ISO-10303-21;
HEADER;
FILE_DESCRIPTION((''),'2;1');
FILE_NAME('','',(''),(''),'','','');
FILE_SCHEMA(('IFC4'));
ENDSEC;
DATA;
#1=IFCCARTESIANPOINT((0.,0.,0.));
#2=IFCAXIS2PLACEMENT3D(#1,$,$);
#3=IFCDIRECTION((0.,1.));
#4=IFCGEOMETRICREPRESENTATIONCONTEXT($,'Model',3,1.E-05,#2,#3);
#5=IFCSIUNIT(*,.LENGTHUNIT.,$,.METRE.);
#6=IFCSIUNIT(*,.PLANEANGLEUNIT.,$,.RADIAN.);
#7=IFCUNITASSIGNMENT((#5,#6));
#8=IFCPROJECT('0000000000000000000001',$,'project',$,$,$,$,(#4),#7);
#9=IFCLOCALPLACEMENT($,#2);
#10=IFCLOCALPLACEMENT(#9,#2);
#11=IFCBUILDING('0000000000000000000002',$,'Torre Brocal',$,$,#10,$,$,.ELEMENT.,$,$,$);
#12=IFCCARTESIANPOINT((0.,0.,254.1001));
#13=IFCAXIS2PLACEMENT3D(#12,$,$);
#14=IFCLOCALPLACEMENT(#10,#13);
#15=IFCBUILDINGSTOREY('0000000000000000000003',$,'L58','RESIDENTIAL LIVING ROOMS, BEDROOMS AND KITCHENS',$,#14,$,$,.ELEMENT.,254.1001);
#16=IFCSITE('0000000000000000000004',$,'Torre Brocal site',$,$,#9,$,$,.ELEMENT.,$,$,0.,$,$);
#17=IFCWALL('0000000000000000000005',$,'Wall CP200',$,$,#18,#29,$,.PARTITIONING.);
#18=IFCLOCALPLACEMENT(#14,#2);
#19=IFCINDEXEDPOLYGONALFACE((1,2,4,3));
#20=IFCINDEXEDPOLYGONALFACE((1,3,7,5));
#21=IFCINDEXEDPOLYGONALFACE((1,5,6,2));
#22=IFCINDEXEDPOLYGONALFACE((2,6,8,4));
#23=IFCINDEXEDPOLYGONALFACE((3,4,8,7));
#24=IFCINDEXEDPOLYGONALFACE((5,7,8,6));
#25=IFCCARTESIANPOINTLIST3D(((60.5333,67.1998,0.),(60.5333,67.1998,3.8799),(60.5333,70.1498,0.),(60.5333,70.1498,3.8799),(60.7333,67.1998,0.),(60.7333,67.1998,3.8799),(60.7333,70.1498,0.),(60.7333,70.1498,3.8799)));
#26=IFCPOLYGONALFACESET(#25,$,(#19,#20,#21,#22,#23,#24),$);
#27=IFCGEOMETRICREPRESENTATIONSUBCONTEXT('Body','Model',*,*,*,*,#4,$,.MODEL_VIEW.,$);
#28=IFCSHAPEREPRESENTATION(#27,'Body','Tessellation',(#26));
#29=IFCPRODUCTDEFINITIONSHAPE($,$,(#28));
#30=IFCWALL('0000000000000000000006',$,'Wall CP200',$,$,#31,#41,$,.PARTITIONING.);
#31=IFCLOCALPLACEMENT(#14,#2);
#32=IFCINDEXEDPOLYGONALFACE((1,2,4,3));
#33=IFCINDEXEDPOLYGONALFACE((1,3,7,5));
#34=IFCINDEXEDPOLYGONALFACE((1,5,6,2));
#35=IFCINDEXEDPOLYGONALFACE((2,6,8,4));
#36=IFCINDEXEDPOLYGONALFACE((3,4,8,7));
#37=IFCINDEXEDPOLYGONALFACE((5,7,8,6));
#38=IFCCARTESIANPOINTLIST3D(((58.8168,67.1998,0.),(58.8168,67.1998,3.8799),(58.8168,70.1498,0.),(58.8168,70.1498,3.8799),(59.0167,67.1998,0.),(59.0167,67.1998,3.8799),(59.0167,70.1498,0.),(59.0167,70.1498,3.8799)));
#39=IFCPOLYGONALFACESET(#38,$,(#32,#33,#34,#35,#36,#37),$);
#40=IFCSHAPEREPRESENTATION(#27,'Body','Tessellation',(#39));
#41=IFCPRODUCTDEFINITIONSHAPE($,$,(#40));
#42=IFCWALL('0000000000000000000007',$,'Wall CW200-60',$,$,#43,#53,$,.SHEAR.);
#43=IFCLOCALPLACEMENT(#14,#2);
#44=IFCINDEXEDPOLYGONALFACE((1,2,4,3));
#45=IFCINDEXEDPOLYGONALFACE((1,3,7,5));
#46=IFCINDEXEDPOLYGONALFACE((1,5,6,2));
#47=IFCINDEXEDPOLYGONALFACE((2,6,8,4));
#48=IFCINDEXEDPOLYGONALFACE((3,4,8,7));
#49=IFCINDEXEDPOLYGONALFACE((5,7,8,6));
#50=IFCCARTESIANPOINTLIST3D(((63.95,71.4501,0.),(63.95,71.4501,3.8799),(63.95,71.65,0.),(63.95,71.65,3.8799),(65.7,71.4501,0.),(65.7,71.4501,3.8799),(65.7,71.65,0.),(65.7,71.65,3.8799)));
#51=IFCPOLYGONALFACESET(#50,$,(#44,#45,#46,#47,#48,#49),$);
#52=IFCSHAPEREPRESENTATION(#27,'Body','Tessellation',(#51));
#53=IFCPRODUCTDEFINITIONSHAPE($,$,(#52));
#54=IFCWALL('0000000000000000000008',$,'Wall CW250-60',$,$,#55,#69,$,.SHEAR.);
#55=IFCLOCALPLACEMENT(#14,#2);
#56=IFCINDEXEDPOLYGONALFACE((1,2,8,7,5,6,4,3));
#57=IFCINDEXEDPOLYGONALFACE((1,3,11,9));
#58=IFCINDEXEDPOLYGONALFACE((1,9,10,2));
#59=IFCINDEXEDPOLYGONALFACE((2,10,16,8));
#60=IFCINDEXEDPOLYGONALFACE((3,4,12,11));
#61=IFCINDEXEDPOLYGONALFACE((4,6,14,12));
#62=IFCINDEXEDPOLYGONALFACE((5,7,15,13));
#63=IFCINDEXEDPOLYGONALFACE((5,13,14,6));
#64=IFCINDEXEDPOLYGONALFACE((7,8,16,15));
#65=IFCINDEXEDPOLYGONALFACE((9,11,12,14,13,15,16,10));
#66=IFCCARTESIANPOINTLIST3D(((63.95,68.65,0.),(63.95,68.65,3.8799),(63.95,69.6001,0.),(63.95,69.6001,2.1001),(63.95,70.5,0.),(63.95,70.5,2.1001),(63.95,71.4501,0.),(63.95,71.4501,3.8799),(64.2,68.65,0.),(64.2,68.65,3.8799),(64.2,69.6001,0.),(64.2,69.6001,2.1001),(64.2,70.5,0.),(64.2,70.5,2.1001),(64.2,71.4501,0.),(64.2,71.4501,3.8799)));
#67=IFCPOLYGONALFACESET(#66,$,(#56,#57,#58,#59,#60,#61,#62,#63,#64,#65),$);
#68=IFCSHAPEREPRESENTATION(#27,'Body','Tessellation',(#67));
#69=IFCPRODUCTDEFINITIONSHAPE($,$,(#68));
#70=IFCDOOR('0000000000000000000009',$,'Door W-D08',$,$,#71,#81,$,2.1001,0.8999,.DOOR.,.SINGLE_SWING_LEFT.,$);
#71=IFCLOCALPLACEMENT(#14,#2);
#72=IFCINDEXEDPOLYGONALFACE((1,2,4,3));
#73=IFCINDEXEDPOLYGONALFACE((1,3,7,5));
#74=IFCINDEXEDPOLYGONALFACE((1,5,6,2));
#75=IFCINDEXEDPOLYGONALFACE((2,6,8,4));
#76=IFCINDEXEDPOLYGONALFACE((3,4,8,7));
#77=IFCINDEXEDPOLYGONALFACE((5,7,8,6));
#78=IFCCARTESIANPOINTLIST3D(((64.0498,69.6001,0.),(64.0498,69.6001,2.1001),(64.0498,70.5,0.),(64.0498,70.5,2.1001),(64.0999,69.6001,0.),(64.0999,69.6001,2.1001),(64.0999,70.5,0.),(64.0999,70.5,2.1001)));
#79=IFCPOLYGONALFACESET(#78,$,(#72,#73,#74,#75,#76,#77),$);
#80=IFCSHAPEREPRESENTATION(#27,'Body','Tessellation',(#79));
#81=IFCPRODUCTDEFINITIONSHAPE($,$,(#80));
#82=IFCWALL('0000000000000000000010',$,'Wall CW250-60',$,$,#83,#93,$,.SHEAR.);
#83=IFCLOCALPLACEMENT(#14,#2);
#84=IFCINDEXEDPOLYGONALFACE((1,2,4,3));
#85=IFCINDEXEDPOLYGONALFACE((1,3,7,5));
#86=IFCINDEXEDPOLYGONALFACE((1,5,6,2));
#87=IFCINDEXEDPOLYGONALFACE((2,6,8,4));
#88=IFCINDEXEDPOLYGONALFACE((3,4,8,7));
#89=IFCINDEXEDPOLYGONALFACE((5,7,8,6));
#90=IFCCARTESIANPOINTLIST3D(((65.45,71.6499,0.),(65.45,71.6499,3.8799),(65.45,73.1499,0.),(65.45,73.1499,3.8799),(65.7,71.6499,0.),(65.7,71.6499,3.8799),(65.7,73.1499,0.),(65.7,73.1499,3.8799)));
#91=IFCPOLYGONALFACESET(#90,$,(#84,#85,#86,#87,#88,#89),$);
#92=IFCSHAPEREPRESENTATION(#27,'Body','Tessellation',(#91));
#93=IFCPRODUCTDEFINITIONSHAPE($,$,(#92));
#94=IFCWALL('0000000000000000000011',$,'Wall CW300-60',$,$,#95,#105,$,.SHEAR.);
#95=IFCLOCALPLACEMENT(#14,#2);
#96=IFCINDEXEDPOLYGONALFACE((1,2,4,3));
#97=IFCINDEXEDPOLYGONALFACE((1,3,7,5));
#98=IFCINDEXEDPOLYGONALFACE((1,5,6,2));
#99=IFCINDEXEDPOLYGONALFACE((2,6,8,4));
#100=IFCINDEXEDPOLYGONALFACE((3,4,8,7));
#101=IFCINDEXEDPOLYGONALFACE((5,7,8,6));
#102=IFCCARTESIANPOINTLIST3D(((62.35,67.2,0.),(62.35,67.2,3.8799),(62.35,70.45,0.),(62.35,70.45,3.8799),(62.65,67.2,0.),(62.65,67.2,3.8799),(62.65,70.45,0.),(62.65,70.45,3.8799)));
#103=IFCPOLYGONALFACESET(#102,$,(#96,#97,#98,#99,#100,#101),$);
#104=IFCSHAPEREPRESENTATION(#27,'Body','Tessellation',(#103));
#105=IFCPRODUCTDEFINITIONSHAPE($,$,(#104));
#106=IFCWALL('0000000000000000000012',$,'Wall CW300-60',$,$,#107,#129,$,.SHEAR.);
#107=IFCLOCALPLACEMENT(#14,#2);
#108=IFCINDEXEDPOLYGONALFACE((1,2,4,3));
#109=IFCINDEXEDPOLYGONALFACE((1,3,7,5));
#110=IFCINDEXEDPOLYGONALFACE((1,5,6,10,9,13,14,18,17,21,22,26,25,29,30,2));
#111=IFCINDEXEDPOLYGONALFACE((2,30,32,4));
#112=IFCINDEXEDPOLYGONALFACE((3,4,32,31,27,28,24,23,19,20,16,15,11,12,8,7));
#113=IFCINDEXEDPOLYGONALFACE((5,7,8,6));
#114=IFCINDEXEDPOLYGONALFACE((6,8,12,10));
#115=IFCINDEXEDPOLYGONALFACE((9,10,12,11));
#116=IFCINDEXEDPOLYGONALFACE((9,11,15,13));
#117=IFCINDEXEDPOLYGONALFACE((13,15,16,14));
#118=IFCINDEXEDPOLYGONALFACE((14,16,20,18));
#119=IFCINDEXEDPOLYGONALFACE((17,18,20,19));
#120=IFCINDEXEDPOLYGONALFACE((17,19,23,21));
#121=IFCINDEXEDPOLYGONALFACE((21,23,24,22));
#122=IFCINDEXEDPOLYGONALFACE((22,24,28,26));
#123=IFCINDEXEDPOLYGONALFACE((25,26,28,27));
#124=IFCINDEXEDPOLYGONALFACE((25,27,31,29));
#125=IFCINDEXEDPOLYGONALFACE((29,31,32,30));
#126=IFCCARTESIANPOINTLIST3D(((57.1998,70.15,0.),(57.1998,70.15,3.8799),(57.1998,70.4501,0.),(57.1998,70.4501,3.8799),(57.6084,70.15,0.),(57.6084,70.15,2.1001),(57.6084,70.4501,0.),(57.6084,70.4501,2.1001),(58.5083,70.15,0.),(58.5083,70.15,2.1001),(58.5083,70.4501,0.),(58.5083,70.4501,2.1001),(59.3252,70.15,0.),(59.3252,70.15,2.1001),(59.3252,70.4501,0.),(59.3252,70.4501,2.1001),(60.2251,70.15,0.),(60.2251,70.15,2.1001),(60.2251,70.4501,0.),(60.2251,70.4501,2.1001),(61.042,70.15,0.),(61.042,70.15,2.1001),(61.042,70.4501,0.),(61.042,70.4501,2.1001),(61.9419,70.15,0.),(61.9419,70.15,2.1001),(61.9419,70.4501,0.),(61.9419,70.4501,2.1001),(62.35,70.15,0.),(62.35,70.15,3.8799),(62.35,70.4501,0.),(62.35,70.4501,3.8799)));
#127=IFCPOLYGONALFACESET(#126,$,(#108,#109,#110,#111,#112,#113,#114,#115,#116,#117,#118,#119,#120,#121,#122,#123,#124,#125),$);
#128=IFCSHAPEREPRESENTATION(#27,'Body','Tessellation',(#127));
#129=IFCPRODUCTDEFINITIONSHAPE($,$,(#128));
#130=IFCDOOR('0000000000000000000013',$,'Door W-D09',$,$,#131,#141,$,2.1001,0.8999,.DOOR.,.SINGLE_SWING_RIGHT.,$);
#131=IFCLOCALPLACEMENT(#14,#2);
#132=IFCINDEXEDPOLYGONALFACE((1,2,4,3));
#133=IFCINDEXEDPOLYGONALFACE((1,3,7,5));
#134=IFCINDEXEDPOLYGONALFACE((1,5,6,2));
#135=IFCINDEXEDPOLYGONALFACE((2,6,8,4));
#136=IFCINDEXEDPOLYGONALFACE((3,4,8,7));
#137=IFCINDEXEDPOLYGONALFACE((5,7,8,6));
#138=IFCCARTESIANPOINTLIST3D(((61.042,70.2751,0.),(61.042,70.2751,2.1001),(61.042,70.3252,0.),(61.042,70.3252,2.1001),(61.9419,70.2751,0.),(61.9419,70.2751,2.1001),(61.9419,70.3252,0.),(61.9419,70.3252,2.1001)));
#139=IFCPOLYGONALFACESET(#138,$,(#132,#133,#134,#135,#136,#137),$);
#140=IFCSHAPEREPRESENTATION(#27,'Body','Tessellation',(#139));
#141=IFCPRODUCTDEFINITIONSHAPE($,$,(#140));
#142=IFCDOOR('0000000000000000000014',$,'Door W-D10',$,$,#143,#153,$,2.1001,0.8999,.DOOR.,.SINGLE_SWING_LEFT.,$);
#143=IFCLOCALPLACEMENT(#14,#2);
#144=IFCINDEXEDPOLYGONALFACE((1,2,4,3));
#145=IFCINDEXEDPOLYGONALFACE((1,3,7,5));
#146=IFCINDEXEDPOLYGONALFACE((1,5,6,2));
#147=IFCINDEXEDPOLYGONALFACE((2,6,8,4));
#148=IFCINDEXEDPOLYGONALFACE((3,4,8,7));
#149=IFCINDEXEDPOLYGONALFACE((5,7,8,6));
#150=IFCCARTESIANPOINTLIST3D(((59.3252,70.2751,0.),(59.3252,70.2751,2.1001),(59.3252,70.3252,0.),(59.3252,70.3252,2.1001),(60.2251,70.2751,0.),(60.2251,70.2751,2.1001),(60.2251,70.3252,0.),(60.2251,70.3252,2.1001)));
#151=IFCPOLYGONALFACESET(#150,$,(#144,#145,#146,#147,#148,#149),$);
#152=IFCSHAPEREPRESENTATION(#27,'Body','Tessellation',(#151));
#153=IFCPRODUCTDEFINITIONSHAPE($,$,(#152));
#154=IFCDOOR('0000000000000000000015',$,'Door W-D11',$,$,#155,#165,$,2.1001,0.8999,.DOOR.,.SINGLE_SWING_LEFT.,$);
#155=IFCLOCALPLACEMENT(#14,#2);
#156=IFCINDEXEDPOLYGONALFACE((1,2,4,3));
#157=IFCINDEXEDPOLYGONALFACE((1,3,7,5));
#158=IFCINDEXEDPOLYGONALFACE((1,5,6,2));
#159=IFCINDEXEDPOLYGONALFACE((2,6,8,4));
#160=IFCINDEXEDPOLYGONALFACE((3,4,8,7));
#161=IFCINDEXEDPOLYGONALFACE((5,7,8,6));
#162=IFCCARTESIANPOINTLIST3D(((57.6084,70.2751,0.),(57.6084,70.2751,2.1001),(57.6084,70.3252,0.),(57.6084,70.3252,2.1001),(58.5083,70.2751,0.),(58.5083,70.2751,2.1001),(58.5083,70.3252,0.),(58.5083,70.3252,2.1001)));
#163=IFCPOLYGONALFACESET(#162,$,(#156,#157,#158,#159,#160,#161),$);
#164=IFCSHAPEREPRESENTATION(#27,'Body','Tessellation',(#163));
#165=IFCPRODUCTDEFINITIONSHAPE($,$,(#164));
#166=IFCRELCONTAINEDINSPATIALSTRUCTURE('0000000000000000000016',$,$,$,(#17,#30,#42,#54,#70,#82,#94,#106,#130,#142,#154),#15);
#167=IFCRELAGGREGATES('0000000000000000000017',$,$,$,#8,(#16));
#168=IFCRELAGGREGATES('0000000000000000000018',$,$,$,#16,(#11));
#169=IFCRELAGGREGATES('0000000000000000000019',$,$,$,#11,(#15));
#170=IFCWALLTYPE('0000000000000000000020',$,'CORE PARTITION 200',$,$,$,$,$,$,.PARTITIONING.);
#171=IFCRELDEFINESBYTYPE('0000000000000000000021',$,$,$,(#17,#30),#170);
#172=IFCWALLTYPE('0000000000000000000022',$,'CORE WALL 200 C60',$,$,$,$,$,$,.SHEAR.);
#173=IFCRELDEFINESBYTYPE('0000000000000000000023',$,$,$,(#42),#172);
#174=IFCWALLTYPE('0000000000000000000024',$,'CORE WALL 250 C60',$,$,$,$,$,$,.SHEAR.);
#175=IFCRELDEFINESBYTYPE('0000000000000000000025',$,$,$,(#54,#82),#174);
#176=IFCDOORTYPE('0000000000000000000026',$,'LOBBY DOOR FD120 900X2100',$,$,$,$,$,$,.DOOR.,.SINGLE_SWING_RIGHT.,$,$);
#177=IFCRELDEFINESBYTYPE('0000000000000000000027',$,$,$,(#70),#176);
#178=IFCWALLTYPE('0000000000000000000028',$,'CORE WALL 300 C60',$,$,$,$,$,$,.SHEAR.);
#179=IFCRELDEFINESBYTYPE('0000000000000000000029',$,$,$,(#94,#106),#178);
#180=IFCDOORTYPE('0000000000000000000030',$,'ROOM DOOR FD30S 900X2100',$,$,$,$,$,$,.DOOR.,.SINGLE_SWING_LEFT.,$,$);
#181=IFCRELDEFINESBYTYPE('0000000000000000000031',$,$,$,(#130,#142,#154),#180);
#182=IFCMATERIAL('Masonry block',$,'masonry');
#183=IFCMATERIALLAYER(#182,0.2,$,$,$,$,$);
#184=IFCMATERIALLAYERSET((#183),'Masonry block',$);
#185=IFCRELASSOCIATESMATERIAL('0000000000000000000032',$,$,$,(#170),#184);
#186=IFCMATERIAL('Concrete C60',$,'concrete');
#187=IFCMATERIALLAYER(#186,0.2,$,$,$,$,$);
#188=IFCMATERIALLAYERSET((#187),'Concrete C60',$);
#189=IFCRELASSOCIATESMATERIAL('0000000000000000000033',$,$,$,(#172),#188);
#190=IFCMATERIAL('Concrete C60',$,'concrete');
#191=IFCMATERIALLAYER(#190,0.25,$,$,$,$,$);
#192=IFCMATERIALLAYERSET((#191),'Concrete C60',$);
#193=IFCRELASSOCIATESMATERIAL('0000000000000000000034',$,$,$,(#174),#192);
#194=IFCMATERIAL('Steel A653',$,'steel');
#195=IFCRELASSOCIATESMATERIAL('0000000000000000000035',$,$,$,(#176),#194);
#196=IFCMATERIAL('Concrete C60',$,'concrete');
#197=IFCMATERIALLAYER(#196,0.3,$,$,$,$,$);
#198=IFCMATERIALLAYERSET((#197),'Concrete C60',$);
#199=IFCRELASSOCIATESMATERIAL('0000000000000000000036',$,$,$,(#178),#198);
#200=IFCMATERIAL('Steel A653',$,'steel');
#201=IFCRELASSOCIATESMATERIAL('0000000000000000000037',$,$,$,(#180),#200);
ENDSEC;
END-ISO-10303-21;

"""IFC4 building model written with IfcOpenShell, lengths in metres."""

from ifc_helpers import new_model, si_unit, direction, frame, frame_2d, origin, place, context, subcontext, project, spatial, rectangle, extrude, material, layer, layer_set, type_object, element, fill, save


model = new_model("IFC4")

# Units and contexts
model_context = context("Model", 3, precision=1e-05, world=origin(), true_north=direction((0.0, 1.0)))
body_context = subcontext(model_context, "Body", "Model", "MODEL_VIEW")
ifc_project = project(units=[si_unit("LENGTHUNIT", "METRE"), si_unit("PLANEANGLEUNIT", "RADIAN")], contexts=[model_context])

# Site, building, storey
site_placement = place(None, origin())
site = spatial("IfcSite", under=ifc_project, at=site_placement, Name="Torre Brocal site", CompositionType="ELEMENT", RefElevation=0.0)
building_placement = place(site_placement, origin())
building = spatial("IfcBuilding", under=site, at=building_placement, Name="Torre Brocal", CompositionType="ELEMENT")
storey_placement = place(building_placement, frame((0.0, 0.0, 254.1001)))
storey = spatial("IfcBuildingStorey", under=building, at=storey_placement, Name="L58", Description="RESIDENTIAL LIVING ROOMS, BEDROOMS AND KITCHENS", CompositionType="ELEMENT", Elevation=254.1001)

# Walls
ifc_material_1 = material(Name="Masonry block", Category="masonry")
ifc_layer_1 = layer(ifc_material_1, 0.2)
ifc_layer_set_1 = layer_set([ifc_layer_1], Name="Masonry block")
wall_type_1 = type_object("IfcWallType", Name="CORE PARTITION 200", PredefinedType="PARTITIONING", material=ifc_layer_set_1)
for number, where, z_axis, x_axis, name in (
    (1, (60.6333, 70.1499, 0.0), (0.0, 0.0, 1.0), (0.0, -1.0, 0.0), "Wall CP200"),
    (2, (58.9167, 70.1499, 0.0), (0.0, 0.0, 1.0), (0.0, -1.0, 0.0), "Wall CP200"),
):
    element("IfcWall", number, at=place(storey_placement, frame(where, z_axis=z_axis, x_axis=x_axis)), inside=storey, type_object=wall_type_1, Name=name, PredefinedType="PARTITIONING", context=body_context, shape_type="SweptSolid", body=[
        extrude(rectangle(XDim=2.95, YDim=0.2, at=frame_2d((1.4751, 0.0))), origin(), (0.0, 0.0, 1.0), 3.8799),
    ])
ifc_material_2 = material(Name="Concrete C60", Category="concrete")
ifc_layer_2 = layer(ifc_material_2, 0.2)
ifc_layer_set_2 = layer_set([ifc_layer_2], Name="Concrete C60")
wall_type_2 = type_object("IfcWallType", Name="CORE WALL 200 C60", PredefinedType="SHEAR", material=ifc_layer_set_2)
wall_1_placement = place(storey_placement, frame((65.7, 71.55, 0.0), z_axis=(0.0, 0.0, 1.0), x_axis=(-1.0, 0.0, 0.0)))
element("IfcWall", 3, at=wall_1_placement, inside=storey, type_object=wall_type_2, Name="Wall CW200-60", PredefinedType="SHEAR", context=body_context, shape_type="SweptSolid", body=[
    extrude(rectangle(XDim=1.75, YDim=0.2, at=frame_2d((0.875, 0.0))), origin(), (0.0, 0.0, 1.0), 3.8799),
])

# Wall, opening, door
ifc_material_3 = material(Name="Concrete C60", Category="concrete")
ifc_layer_3 = layer(ifc_material_3, 0.25)
ifc_layer_set_3 = layer_set([ifc_layer_3], Name="Concrete C60")
wall_type_3 = type_object("IfcWallType", Name="CORE WALL 250 C60", PredefinedType="SHEAR", material=ifc_layer_set_3)
wall_2_placement = place(storey_placement, frame((64.075, 71.45, 0.0), z_axis=(0.0, 0.0, 1.0), x_axis=(0.0, -1.0, 0.0)))
wall_2 = element("IfcWall", 4, at=wall_2_placement, inside=storey, type_object=wall_type_3, Name="Wall CW250-60", PredefinedType="SHEAR", context=body_context, shape_type="SweptSolid", body=[
    extrude(rectangle(XDim=2.8, YDim=0.25, at=frame_2d((1.3999, 0.0))), origin(), (0.0, 0.0, 1.0), 3.8799),
])
opening_1_placement = place(wall_2_placement, frame((0.95, 0.0, 0.0)))
opening_1 = element("IfcOpeningElement", 5, at=opening_1_placement, cuts=wall_2, PredefinedType="OPENING", context=body_context, shape_type="SweptSolid", body=[
    extrude(rectangle(XDim=0.8999, YDim=2.1001, at=frame_2d((0.45, 1.05))), frame((0.0, 0.135, 0.0), z_axis=(0.0, -1.0, 0.0), x_axis=(1.0, 0.0, 0.0)), (0.0, 0.0, 1.0), 0.27),
])
ifc_material_4 = material(Name="Steel A653", Category="steel")
door_type_1 = type_object("IfcDoorType", Name="LOBBY DOOR FD120 900X2100", OperationType="SINGLE_SWING_RIGHT", PredefinedType="DOOR", material=ifc_material_4)
door_1_placement = place(opening_1_placement, origin())
door_1 = element("IfcDoor", 6, at=door_1_placement, inside=storey, type_object=door_type_1, Name="Door W-D08", OperationType="SINGLE_SWING_LEFT", OverallHeight=2.1001, OverallWidth=0.8999, PredefinedType="DOOR", context=body_context, shape_type="SweptSolid", body=[
    extrude(rectangle(XDim=0.8999, YDim=2.1001, at=frame_2d((0.45, 1.05))), frame((0.0, 0.0249, 0.0), z_axis=(0.0, -1.0, 0.0), x_axis=(1.0, 0.0, 0.0)), (0.0, 0.0, 1.0), 0.05),
])
fill(opening_1, door_1)

# Walls
wall_3_placement = place(storey_placement, frame((65.575, 73.1499, 0.0), z_axis=(0.0, 0.0, 1.0), x_axis=(0.0, -1.0, 0.0)))
element("IfcWall", 7, at=wall_3_placement, inside=storey, type_object=wall_type_3, Name="Wall CW250-60", PredefinedType="SHEAR", context=body_context, shape_type="SweptSolid", body=[
    extrude(rectangle(XDim=1.5, YDim=0.25, at=frame_2d((0.75, 0.0))), origin(), (0.0, 0.0, 1.0), 3.8799),
])
ifc_material_5 = material(Name="Concrete C60", Category="concrete")
ifc_layer_4 = layer(ifc_material_5, 0.3)
ifc_layer_set_4 = layer_set([ifc_layer_4], Name="Concrete C60")
wall_type_4 = type_object("IfcWallType", Name="CORE WALL 300 C60", PredefinedType="SHEAR", material=ifc_layer_set_4)
wall_4_placement = place(storey_placement, frame((62.5, 70.45, 0.0), z_axis=(0.0, 0.0, 1.0), x_axis=(0.0, -1.0, 0.0)))
element("IfcWall", 8, at=wall_4_placement, inside=storey, type_object=wall_type_4, Name="Wall CW300-60", PredefinedType="SHEAR", context=body_context, shape_type="SweptSolid", body=[
    extrude(rectangle(XDim=3.25, YDim=0.3, at=frame_2d((1.625, 0.0))), origin(), (0.0, 0.0, 1.0), 3.8799),
])

# Wall, openings, doors
wall_5_placement = place(storey_placement, frame((62.3501, 70.3, 0.0), z_axis=(0.0, 0.0, 1.0), x_axis=(-1.0, 0.0, 0.0)))
wall_5 = element("IfcWall", 9, at=wall_5_placement, inside=storey, type_object=wall_type_4, Name="Wall CW300-60", PredefinedType="SHEAR", context=body_context, shape_type="SweptSolid", body=[
    extrude(rectangle(XDim=5.1501, YDim=0.3, at=frame_2d((2.5752, 0.0))), origin(), (0.0, 0.0, 1.0), 3.8799),
])
opening_2_placement = place(wall_5_placement, frame((0.4082, 0.0, 0.0)))
opening_2 = element("IfcOpeningElement", 10, at=opening_2_placement, cuts=wall_5, PredefinedType="OPENING", context=body_context, shape_type="SweptSolid", body=[
    extrude(rectangle(XDim=0.8999, YDim=2.1001, at=frame_2d((0.45, 1.05))), frame((0.0, 0.1599, 0.0), z_axis=(0.0, -1.0, 0.0), x_axis=(1.0, 0.0, 0.0)), (0.0, 0.0, 1.0), 0.3201),
])
opening_3_placement = place(wall_5_placement, frame((2.125, 0.0, 0.0)))
opening_3 = element("IfcOpeningElement", 11, at=opening_3_placement, cuts=wall_5, PredefinedType="OPENING", context=body_context, shape_type="SweptSolid", body=[
    extrude(rectangle(XDim=0.8999, YDim=2.1001, at=frame_2d((0.45, 1.05))), frame((0.0, 0.1599, 0.0), z_axis=(0.0, -1.0, 0.0), x_axis=(1.0, 0.0, 0.0)), (0.0, 0.0, 1.0), 0.3201),
])
opening_4_placement = place(wall_5_placement, frame((3.8418, 0.0, 0.0)))
opening_4 = element("IfcOpeningElement", 12, at=opening_4_placement, cuts=wall_5, PredefinedType="OPENING", context=body_context, shape_type="SweptSolid", body=[
    extrude(rectangle(XDim=0.8999, YDim=2.1001, at=frame_2d((0.45, 1.05))), frame((0.0, 0.1599, 0.0), z_axis=(0.0, -1.0, 0.0), x_axis=(1.0, 0.0, 0.0)), (0.0, 0.0, 1.0), 0.3201),
])
ifc_material_6 = material(Name="Steel A653", Category="steel")
door_type_2 = type_object("IfcDoorType", Name="ROOM DOOR FD30S 900X2100", OperationType="SINGLE_SWING_LEFT", PredefinedType="DOOR", material=ifc_material_6)
door_2_placement = place(opening_2_placement, origin())
door_2 = element("IfcDoor", 13, at=door_2_placement, inside=storey, type_object=door_type_2, Name="Door W-D09", OperationType="SINGLE_SWING_RIGHT", OverallHeight=2.1001, OverallWidth=0.8999, PredefinedType="DOOR", context=body_context, shape_type="SweptSolid", body=[
    extrude(rectangle(XDim=0.8999, YDim=2.1001, at=frame_2d((0.45, 1.05))), frame((0.0, 0.0249, 0.0), z_axis=(0.0, -1.0, 0.0), x_axis=(1.0, 0.0, 0.0)), (0.0, 0.0, 1.0), 0.05),
])
fill(opening_2, door_2)
door_3_placement = place(opening_3_placement, origin())
door_3 = element("IfcDoor", 14, at=door_3_placement, inside=storey, type_object=door_type_2, Name="Door W-D10", OperationType="SINGLE_SWING_LEFT", OverallHeight=2.1001, OverallWidth=0.8999, PredefinedType="DOOR", context=body_context, shape_type="SweptSolid", body=[
    extrude(rectangle(XDim=0.8999, YDim=2.1001, at=frame_2d((0.45, 1.05))), frame((0.0, 0.0249, 0.0), z_axis=(0.0, -1.0, 0.0), x_axis=(1.0, 0.0, 0.0)), (0.0, 0.0, 1.0), 0.05),
])
fill(opening_3, door_3)
door_4_placement = place(opening_4_placement, origin())
door_4 = element("IfcDoor", 15, at=door_4_placement, inside=storey, type_object=door_type_2, Name="Door W-D11", OperationType="SINGLE_SWING_LEFT", OverallHeight=2.1001, OverallWidth=0.8999, PredefinedType="DOOR", context=body_context, shape_type="SweptSolid", body=[
    extrude(rectangle(XDim=0.8999, YDim=2.1001, at=frame_2d((0.45, 1.05))), frame((0.0, 0.0249, 0.0), z_axis=(0.0, -1.0, 0.0), x_axis=(1.0, 0.0, 0.0)), (0.0, 0.0, 1.0), 0.05),
])
fill(opening_4, door_4)

save(model, "model.ifc")
